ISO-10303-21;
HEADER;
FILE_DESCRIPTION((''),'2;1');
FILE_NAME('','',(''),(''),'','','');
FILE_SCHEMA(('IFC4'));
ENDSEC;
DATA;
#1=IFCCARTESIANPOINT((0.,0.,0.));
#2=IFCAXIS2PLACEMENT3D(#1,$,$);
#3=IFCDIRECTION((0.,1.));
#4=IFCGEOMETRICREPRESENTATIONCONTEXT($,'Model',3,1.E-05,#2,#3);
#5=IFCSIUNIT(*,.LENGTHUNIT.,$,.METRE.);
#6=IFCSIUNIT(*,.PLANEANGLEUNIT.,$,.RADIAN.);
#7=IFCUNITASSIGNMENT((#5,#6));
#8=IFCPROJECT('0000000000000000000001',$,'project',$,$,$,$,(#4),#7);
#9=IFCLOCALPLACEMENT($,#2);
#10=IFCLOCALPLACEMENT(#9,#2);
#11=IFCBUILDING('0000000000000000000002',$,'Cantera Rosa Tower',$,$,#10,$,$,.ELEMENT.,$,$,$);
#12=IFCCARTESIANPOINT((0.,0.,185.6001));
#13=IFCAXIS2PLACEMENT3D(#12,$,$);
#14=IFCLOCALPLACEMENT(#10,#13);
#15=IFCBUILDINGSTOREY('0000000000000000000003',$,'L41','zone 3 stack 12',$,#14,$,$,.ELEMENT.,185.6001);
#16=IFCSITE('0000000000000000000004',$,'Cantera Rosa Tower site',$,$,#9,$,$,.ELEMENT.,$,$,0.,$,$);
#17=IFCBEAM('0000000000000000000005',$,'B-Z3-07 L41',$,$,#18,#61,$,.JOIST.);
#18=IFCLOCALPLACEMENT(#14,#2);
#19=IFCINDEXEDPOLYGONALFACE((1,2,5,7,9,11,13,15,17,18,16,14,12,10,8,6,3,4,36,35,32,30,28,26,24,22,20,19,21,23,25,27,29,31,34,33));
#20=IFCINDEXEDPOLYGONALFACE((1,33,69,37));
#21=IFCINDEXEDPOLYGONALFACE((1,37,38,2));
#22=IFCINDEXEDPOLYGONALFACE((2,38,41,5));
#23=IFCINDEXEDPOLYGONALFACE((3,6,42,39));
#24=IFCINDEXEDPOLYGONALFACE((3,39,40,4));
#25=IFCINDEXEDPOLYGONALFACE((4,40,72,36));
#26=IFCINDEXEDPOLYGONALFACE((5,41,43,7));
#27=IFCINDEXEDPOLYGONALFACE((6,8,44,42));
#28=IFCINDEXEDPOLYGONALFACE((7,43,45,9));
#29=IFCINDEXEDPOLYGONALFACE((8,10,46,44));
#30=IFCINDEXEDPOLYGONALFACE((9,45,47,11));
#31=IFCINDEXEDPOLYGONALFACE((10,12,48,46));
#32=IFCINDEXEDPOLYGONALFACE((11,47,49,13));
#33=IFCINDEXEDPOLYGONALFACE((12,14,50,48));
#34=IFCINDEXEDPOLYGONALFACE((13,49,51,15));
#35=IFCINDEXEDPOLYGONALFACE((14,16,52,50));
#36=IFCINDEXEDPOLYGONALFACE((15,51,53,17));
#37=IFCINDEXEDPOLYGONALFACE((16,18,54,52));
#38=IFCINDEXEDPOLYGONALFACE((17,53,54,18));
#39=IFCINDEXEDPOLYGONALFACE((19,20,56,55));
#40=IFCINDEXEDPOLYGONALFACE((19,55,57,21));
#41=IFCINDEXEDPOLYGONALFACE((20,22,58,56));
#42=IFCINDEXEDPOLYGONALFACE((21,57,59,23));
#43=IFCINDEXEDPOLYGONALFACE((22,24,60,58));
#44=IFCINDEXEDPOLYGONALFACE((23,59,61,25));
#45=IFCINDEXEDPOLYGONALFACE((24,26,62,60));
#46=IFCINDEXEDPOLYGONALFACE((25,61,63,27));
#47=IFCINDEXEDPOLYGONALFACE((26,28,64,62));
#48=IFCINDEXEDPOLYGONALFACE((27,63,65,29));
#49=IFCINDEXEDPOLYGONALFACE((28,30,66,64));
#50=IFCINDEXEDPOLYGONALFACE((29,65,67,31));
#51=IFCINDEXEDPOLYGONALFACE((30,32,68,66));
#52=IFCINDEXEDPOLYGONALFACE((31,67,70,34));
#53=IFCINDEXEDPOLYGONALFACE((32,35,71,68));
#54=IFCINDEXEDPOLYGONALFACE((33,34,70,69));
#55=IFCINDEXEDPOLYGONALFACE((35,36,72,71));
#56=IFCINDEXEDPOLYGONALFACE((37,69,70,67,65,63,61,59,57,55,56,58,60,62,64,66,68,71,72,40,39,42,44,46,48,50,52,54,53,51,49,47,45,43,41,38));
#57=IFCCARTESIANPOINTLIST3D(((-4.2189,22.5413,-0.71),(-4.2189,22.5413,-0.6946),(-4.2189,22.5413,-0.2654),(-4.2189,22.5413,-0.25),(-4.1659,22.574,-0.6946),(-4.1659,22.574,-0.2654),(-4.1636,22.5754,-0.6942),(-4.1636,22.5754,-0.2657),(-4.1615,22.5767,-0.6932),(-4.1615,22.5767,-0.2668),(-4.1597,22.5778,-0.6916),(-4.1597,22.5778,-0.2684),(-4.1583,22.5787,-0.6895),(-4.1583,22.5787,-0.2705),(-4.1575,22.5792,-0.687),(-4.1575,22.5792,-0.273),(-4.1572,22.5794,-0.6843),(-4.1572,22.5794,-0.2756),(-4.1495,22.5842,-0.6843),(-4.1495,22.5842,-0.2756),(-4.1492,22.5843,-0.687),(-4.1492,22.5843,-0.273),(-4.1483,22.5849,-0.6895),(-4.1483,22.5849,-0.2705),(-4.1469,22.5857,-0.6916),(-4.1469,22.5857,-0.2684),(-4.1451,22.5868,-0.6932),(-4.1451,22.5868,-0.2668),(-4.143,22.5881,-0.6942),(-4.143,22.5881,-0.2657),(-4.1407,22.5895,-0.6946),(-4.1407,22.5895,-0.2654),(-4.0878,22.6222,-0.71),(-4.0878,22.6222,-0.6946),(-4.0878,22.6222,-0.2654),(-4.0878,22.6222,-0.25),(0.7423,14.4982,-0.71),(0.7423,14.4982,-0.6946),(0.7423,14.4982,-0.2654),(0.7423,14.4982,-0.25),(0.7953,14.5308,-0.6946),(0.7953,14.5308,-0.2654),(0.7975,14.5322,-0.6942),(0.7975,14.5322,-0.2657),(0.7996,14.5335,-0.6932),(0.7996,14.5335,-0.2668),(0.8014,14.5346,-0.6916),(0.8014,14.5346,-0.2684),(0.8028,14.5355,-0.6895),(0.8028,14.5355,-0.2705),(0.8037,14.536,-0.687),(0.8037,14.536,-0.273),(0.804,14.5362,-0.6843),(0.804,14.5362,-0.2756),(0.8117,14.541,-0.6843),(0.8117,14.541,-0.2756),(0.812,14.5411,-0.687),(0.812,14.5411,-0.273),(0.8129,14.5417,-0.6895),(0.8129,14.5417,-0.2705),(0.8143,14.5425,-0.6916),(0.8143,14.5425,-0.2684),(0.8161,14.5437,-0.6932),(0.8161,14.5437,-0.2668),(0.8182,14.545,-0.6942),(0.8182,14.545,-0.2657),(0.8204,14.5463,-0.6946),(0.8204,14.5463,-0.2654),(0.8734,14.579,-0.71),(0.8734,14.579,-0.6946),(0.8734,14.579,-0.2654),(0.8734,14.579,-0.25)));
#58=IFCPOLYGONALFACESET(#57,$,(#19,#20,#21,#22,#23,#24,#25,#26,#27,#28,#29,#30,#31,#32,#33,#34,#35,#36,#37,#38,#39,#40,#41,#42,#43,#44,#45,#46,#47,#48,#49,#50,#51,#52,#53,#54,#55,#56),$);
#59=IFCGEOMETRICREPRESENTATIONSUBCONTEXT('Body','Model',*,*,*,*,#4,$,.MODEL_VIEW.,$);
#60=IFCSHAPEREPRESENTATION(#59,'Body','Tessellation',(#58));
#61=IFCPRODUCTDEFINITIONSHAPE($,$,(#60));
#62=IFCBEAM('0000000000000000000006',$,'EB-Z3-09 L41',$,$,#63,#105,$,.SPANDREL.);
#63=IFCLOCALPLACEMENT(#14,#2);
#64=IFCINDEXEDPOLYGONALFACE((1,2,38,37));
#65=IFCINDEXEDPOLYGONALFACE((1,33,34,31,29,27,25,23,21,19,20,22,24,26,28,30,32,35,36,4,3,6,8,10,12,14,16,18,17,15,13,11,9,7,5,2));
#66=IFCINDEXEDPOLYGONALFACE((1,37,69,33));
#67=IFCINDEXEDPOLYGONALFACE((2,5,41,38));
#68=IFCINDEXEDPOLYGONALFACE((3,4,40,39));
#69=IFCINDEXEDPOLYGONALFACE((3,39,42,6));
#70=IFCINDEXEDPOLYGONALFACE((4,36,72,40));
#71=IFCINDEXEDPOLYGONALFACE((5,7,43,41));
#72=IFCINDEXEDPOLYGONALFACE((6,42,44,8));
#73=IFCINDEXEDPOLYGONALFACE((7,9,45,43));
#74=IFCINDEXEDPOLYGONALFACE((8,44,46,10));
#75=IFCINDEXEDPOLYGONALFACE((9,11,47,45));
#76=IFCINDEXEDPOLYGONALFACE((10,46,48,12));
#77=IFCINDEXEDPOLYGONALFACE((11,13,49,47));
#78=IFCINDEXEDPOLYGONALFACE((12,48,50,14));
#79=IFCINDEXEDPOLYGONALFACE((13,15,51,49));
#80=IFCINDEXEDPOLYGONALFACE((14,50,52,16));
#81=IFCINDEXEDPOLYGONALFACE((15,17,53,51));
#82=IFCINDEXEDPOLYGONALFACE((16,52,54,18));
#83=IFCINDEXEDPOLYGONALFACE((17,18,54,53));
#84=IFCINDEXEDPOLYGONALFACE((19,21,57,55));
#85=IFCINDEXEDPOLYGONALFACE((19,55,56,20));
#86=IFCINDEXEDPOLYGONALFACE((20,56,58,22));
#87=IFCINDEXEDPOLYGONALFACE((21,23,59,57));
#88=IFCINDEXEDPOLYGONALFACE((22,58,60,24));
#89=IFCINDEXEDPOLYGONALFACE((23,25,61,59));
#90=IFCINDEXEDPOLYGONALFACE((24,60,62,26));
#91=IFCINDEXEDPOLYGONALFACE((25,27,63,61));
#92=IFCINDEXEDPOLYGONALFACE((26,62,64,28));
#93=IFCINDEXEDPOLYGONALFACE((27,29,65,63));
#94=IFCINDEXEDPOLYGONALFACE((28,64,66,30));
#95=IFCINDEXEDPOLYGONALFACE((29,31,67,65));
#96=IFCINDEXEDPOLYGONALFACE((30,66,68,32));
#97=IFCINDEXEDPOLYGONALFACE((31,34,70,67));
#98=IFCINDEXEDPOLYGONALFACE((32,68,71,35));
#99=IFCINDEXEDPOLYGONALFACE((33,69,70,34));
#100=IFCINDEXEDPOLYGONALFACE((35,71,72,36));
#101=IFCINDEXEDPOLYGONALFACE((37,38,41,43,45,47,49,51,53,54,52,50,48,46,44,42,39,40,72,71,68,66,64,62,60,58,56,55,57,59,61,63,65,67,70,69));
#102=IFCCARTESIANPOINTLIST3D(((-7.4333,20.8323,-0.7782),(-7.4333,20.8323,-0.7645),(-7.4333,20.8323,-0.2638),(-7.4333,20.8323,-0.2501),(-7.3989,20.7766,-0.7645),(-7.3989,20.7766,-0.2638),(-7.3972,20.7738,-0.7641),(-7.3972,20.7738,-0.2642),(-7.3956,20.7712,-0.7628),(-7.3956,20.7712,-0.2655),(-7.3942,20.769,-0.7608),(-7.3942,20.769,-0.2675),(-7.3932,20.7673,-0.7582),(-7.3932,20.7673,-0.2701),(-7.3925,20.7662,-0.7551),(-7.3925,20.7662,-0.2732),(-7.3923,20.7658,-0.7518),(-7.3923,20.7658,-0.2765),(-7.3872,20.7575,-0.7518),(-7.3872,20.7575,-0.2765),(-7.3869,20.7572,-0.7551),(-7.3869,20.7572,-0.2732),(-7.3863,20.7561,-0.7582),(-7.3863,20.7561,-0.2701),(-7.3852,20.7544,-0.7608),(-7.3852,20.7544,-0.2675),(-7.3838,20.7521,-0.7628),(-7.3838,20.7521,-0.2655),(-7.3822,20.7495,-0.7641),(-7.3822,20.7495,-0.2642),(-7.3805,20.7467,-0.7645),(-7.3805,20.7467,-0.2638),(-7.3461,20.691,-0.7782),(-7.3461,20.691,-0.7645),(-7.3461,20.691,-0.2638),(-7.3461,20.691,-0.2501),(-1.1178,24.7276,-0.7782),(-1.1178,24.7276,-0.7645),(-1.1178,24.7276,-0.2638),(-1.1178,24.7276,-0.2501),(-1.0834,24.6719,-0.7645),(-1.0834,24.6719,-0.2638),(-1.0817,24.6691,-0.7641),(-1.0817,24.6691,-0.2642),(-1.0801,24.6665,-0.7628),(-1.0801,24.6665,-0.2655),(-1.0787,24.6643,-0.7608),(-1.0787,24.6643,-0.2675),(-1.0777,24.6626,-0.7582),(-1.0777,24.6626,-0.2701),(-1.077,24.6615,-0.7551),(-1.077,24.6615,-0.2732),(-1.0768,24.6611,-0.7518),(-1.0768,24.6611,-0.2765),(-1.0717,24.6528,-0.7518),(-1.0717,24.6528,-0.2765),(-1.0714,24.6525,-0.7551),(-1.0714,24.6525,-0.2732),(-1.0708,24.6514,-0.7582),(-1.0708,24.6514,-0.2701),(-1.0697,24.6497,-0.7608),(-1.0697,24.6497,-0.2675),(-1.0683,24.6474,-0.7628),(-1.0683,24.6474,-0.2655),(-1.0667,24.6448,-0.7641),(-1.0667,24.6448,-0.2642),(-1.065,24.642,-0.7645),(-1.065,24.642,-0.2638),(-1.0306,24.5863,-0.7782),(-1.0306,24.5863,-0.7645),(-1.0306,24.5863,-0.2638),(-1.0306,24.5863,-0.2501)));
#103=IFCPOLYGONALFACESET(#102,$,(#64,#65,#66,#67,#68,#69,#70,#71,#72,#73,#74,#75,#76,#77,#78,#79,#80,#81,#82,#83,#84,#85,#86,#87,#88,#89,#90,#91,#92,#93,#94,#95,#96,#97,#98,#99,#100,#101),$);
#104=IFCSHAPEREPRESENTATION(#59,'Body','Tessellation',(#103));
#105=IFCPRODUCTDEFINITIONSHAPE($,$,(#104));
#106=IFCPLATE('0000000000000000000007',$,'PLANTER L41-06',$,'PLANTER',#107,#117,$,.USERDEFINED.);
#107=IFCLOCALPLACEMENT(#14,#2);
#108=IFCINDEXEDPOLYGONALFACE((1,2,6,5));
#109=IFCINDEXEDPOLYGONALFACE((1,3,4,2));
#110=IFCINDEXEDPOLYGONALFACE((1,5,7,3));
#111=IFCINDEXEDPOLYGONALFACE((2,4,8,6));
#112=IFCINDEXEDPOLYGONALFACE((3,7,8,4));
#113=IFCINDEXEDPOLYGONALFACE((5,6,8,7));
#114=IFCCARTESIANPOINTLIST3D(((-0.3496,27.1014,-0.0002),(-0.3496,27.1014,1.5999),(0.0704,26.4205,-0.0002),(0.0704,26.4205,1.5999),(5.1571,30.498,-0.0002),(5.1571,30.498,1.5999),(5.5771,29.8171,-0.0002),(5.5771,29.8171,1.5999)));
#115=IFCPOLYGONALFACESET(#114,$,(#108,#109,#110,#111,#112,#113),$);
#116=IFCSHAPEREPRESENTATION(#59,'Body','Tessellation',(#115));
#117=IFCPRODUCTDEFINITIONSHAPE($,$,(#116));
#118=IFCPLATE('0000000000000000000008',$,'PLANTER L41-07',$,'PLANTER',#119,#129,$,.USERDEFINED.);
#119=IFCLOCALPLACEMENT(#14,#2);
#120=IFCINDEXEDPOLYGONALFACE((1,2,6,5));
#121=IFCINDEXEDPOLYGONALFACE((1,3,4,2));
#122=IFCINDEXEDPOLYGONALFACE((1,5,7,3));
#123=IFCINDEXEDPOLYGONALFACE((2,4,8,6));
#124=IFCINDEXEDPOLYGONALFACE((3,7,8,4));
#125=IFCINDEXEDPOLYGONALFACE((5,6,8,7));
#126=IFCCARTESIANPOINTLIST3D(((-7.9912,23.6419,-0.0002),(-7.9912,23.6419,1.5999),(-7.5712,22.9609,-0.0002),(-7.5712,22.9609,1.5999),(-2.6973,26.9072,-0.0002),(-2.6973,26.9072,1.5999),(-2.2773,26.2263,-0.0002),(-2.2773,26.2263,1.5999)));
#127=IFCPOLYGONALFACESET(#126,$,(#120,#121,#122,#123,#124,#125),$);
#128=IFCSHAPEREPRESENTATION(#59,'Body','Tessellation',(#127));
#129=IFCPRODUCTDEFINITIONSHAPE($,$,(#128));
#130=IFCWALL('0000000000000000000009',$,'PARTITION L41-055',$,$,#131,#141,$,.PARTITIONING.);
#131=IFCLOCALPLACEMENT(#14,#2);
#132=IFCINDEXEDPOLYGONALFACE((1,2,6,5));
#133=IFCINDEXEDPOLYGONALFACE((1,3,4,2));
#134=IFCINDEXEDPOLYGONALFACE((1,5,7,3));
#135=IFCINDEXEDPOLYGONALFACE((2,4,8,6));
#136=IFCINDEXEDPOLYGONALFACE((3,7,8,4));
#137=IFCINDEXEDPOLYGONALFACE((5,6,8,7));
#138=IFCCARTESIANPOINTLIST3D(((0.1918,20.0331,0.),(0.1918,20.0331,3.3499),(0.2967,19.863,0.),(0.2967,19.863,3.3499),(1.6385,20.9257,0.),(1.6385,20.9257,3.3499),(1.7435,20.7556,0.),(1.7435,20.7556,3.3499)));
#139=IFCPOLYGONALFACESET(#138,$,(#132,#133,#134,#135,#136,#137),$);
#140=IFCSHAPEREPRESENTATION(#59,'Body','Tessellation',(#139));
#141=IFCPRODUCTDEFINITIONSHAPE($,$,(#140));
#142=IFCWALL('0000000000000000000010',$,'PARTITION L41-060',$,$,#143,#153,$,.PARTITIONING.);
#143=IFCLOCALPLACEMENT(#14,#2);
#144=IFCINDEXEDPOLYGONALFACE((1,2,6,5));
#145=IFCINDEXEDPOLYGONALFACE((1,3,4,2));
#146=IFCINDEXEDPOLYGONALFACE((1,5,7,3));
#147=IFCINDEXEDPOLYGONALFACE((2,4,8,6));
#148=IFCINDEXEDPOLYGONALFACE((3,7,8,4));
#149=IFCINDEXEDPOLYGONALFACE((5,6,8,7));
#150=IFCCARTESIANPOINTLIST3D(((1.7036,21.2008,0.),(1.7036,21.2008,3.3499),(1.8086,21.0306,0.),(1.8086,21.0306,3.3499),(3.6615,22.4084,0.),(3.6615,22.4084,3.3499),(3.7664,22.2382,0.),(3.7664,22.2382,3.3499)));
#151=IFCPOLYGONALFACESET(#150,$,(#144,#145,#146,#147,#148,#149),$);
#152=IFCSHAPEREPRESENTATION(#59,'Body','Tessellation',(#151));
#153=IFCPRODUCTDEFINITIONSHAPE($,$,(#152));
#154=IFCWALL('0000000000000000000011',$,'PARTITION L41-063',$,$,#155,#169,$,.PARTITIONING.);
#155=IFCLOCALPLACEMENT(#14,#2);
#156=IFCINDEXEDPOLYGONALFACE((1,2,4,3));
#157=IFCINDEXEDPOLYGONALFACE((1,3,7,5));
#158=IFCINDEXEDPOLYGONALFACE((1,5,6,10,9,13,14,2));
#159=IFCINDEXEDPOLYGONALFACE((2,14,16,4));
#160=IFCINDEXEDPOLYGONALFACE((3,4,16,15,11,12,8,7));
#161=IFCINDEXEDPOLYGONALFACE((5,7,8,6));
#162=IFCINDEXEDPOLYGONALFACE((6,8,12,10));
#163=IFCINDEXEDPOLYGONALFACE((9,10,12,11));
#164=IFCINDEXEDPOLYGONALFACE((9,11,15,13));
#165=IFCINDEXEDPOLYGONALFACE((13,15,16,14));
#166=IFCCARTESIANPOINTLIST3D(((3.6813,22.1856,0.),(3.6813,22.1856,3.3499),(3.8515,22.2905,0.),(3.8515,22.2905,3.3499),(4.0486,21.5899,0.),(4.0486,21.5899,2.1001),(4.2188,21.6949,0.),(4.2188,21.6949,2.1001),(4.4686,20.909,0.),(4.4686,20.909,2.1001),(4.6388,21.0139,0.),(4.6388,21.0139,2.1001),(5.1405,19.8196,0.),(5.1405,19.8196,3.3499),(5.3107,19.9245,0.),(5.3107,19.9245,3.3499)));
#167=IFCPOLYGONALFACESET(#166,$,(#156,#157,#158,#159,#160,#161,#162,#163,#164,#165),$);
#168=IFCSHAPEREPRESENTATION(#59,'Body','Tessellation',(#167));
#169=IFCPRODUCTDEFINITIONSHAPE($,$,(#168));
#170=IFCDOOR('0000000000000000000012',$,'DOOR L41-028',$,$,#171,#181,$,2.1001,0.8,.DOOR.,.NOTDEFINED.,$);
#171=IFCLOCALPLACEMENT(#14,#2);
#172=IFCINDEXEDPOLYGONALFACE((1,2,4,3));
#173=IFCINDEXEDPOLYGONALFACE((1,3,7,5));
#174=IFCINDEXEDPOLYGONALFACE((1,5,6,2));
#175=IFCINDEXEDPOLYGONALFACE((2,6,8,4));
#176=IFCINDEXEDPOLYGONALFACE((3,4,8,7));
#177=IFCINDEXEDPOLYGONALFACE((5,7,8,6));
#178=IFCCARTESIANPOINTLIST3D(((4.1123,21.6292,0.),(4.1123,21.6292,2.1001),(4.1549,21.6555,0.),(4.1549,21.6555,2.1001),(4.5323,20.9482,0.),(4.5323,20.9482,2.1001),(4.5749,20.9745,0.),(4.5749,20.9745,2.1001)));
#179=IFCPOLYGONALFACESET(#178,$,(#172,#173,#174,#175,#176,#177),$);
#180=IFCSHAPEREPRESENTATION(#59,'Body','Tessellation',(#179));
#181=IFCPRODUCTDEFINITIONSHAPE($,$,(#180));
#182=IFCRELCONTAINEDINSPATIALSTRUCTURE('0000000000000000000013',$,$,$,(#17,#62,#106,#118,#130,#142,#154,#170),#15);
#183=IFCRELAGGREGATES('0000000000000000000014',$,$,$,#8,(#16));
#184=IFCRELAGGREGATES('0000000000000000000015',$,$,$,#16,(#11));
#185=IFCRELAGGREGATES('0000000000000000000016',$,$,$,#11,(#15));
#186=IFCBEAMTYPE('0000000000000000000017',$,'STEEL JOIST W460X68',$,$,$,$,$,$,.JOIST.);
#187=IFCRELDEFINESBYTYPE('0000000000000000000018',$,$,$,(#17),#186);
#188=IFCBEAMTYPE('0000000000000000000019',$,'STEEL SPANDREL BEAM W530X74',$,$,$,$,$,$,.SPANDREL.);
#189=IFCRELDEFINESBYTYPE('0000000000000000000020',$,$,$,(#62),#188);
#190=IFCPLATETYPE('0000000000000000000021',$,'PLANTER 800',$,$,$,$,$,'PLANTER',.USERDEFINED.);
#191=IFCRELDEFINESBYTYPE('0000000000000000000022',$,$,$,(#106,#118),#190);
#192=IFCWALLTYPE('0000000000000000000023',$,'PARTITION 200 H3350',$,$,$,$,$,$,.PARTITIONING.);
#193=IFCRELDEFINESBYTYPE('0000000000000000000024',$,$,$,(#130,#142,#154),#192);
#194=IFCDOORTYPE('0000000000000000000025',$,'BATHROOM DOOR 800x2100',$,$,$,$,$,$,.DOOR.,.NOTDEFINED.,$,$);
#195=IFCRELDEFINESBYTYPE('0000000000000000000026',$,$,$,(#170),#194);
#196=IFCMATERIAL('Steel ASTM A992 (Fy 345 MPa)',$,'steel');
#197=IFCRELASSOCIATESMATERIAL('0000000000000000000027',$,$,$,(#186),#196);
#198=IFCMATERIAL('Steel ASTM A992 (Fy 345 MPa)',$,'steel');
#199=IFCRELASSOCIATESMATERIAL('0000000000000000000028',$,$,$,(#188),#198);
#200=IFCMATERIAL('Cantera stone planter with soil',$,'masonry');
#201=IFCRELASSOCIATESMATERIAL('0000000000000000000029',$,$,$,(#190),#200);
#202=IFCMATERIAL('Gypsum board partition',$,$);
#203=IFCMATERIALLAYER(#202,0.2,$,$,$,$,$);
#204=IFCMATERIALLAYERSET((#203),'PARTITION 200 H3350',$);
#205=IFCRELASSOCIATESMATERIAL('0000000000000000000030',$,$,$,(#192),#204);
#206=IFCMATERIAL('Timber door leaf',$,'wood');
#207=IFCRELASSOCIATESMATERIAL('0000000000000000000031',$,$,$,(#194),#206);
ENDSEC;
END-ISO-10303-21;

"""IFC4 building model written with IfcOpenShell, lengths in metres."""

from ifc_helpers import new_model, si_unit, direction, frame, frame_2d, origin, origin_2d, place, context, subcontext, project, spatial, rectangle, i_section, extrude, material, layer, layer_set, material_profile, profile_set, type_object, element, fill, save


model = new_model("IFC4")

# Units and contexts
model_context = context("Model", 3, precision=1e-05, world=origin(), true_north=direction((0.0, 1.0)))
body_context = subcontext(model_context, "Body", "Model", "MODEL_VIEW")
ifc_project = project(units=[si_unit("LENGTHUNIT", "METRE"), si_unit("PLANEANGLEUNIT", "RADIAN")], contexts=[model_context])

# Site, building, storey
site_placement = place(None, origin())
site = spatial("IfcSite", under=ifc_project, at=site_placement, Name="Cantera Rosa Tower site", CompositionType="ELEMENT", RefElevation=0.0)
building_placement = place(site_placement, origin())
building = spatial("IfcBuilding", under=site, at=building_placement, Name="Cantera Rosa Tower", CompositionType="ELEMENT")
storey_placement = place(building_placement, frame((0.0, 0.0, 185.6001)))
storey = spatial("IfcBuildingStorey", under=building, at=storey_placement, Name="L41", Description="zone 3 stack 12", CompositionType="ELEMENT", Elevation=185.6001)

# Beams
ifc_material_1 = material(Name="Steel ASTM A992 (Fy 345 MPa)", Category="steel")
ifc_material_profile_1 = material_profile(ifc_material_1, i_section(OverallWidth=0.1541, OverallDepth=0.46, WebThickness=0.009, FlangeThickness=0.0154, FilletRadius=0.0103, at=origin_2d()), Name="W460X68")
ifc_profile_set_1 = profile_set([ifc_material_profile_1], Name="Steel ASTM A992 (Fy 345 MPa)")
beam_type_1 = type_object("IfcBeamType", Name="STEEL JOIST W460X68", PredefinedType="JOIST", material=ifc_profile_set_1)
beam_1_placement = place(storey_placement, frame((-4.1533, 22.5818, -0.48), z_axis=(0.524981, -0.851114, 0.0), x_axis=(0.851114, 0.524981, 0.0)))
element("IfcBeam", 1, at=beam_1_placement, inside=storey, type_object=beam_type_1, Name="B-Z3-07 L41", PredefinedType="JOIST", context=body_context, shape_type="SweptSolid", body=[
    extrude(i_section(OverallWidth=0.1541, OverallDepth=0.46, WebThickness=0.009, FlangeThickness=0.0154, FilletRadius=0.0103, at=origin_2d()), origin(), (0.0, 0.0, 1.0), 9.4502),
])
ifc_material_2 = material(Name="Steel ASTM A992 (Fy 345 MPa)", Category="steel")
ifc_material_profile_2 = material_profile(ifc_material_2, i_section(OverallWidth=0.166, OverallDepth=0.5281, WebThickness=0.0098, FlangeThickness=0.0137, FilletRadius=0.0127, at=origin_2d()), Name="W530X74")
ifc_profile_set_2 = profile_set([ifc_material_profile_2], Name="Steel ASTM A992 (Fy 345 MPa)")
beam_type_2 = type_object("IfcBeamType", Name="STEEL SPANDREL BEAM W530X74", PredefinedType="SPANDREL", material=ifc_profile_set_2)
beam_2_placement = place(storey_placement, frame((-1.0742, 24.657, -0.5142), z_axis=(-0.851126, -0.524962, 0.0), x_axis=(0.524962, -0.851126, 0.0)))
element("IfcBeam", 2, at=beam_2_placement, inside=storey, type_object=beam_type_2, Name="EB-Z3-09 L41", PredefinedType="SPANDREL", context=body_context, shape_type="SweptSolid", body=[
    extrude(i_section(OverallWidth=0.166, OverallDepth=0.5281, WebThickness=0.0098, FlangeThickness=0.0137, FilletRadius=0.0127, at=origin_2d()), origin(), (0.0, 0.0, 1.0), 7.4202),
])

# Plates
ifc_material_3 = material(Name="Cantera stone planter with soil", Category="masonry")
plate_type = type_object("IfcPlateType", Name="PLANTER 800", ElementType="PLANTER", PredefinedType="USERDEFINED", material=ifc_material_3)
plate_1_placement = place(storey_placement, frame((2.6138, 28.4592, -0.0002), z_axis=(0.0, 0.0, 1.0), x_axis=(-0.851117, -0.524977, 0.0)))
element("IfcPlate", 3, at=plate_1_placement, inside=storey, type_object=plate_type, Name="PLANTER L41-06", ObjectType="PLANTER", PredefinedType="USERDEFINED", context=body_context, shape_type="SweptSolid", body=[
    extrude(rectangle(XDim=6.47, YDim=0.8, at=origin_2d()), origin(), (0.0, 0.0, 1.0), 1.6001),
])
plate_2_placement = place(storey_placement, frame((-5.1343, 24.9341, -0.0002), z_axis=(0.0, 0.0, 1.0), x_axis=(-0.851117, -0.524977, 0.0)))
element("IfcPlate", 4, at=plate_2_placement, inside=storey, type_object=plate_type, Name="PLANTER L41-07", ObjectType="PLANTER", PredefinedType="USERDEFINED", context=body_context, shape_type="SweptSolid", body=[
    extrude(rectangle(XDim=6.22, YDim=0.8, at=origin_2d()), origin(), (0.0, 0.0, 1.0), 1.6001),
])

# Walls
ifc_material_4 = material(Name="Gypsum board partition")
ifc_layer_1 = layer(ifc_material_4, 0.2)
ifc_layer_set_1 = layer_set([ifc_layer_1], Name="PARTITION 200 H3350")
wall_type_1 = type_object("IfcWallType", Name="PARTITION 200 H3350", PredefinedType="PARTITIONING", material=ifc_layer_set_1)
wall_1_placement = place(storey_placement, frame((0.2441, 19.948, 0.0), z_axis=(0.0, 0.0, 1.0), x_axis=(0.851066, 0.525059, 0.0)))
element("IfcWall", 5, at=wall_1_placement, inside=storey, type_object=wall_type_1, Name="PARTITION L41-055", PredefinedType="PARTITIONING", context=body_context, shape_type="SweptSolid", body=[
    extrude(rectangle(XDim=1.7, YDim=0.2, at=frame_2d((0.8501, 0.0))), origin(), (0.0, 0.0, 1.0), 3.3499),
])
wall_2_placement = place(storey_placement, frame((1.7561, 21.1157, 0.0), z_axis=(0.0, 0.0, 1.0), x_axis=(0.851126, 0.524962, 0.0)))
element("IfcWall", 6, at=wall_2_placement, inside=storey, type_object=wall_type_1, Name="PARTITION L41-060", PredefinedType="PARTITIONING", context=body_context, shape_type="SweptSolid", body=[
    extrude(rectangle(XDim=2.3003, YDim=0.2, at=frame_2d((1.1501, 0.0))), origin(), (0.0, 0.0, 1.0), 3.3499),
])

# Wall, opening, door
wall_3_placement = place(storey_placement, frame((3.7664, 22.238, 0.0), z_axis=(0.0, 0.0, 1.0), x_axis=(0.524945, -0.851136, 0.0)))
wall_3 = element("IfcWall", 7, at=wall_3_placement, inside=storey, type_object=wall_type_1, Name="PARTITION L41-063", PredefinedType="PARTITIONING", context=body_context, shape_type="SweptSolid", body=[
    extrude(rectangle(XDim=2.7798, YDim=0.2, at=frame_2d((1.3899, 0.0))), origin(), (0.0, 0.0, 1.0), 3.3499),
])
opening_1_placement = place(wall_3_placement, frame((0.7, 0.0, 0.0)))
opening_1 = element("IfcOpeningElement", 8, at=opening_1_placement, cuts=wall_3, PredefinedType="OPENING", context=body_context, shape_type="SweptSolid", body=[
    extrude(rectangle(XDim=0.8, YDim=2.1001, at=frame_2d((0.3999, 1.05))), frame((0.0, 0.1099, 0.0), z_axis=(0.0, -1.0, 0.0), x_axis=(1.0, 0.0, 0.0)), (0.0, 0.0, 1.0), 0.22),
])
ifc_material_5 = material(Name="Timber door leaf", Category="wood")
door_type_1 = type_object("IfcDoorType", Name="BATHROOM DOOR 800x2100", OperationType="NOTDEFINED", PredefinedType="DOOR", material=ifc_material_5)
door_1_placement = place(opening_1_placement, origin())
door_1 = element("IfcDoor", 9, at=door_1_placement, inside=storey, type_object=door_type_1, Name="DOOR L41-028", OperationType="NOTDEFINED", OverallHeight=2.1001, OverallWidth=0.8, PredefinedType="DOOR", context=body_context, shape_type="SweptSolid", body=[
    extrude(rectangle(XDim=0.8, YDim=2.1001, at=frame_2d((0.3999, 1.05))), frame((0.0, 0.0249, 0.0), z_axis=(0.0, -1.0, 0.0), x_axis=(1.0, 0.0, 0.0)), (0.0, 0.0, 1.0), 0.05),
])
fill(opening_1, door_1)

save(model, "model.ifc")
